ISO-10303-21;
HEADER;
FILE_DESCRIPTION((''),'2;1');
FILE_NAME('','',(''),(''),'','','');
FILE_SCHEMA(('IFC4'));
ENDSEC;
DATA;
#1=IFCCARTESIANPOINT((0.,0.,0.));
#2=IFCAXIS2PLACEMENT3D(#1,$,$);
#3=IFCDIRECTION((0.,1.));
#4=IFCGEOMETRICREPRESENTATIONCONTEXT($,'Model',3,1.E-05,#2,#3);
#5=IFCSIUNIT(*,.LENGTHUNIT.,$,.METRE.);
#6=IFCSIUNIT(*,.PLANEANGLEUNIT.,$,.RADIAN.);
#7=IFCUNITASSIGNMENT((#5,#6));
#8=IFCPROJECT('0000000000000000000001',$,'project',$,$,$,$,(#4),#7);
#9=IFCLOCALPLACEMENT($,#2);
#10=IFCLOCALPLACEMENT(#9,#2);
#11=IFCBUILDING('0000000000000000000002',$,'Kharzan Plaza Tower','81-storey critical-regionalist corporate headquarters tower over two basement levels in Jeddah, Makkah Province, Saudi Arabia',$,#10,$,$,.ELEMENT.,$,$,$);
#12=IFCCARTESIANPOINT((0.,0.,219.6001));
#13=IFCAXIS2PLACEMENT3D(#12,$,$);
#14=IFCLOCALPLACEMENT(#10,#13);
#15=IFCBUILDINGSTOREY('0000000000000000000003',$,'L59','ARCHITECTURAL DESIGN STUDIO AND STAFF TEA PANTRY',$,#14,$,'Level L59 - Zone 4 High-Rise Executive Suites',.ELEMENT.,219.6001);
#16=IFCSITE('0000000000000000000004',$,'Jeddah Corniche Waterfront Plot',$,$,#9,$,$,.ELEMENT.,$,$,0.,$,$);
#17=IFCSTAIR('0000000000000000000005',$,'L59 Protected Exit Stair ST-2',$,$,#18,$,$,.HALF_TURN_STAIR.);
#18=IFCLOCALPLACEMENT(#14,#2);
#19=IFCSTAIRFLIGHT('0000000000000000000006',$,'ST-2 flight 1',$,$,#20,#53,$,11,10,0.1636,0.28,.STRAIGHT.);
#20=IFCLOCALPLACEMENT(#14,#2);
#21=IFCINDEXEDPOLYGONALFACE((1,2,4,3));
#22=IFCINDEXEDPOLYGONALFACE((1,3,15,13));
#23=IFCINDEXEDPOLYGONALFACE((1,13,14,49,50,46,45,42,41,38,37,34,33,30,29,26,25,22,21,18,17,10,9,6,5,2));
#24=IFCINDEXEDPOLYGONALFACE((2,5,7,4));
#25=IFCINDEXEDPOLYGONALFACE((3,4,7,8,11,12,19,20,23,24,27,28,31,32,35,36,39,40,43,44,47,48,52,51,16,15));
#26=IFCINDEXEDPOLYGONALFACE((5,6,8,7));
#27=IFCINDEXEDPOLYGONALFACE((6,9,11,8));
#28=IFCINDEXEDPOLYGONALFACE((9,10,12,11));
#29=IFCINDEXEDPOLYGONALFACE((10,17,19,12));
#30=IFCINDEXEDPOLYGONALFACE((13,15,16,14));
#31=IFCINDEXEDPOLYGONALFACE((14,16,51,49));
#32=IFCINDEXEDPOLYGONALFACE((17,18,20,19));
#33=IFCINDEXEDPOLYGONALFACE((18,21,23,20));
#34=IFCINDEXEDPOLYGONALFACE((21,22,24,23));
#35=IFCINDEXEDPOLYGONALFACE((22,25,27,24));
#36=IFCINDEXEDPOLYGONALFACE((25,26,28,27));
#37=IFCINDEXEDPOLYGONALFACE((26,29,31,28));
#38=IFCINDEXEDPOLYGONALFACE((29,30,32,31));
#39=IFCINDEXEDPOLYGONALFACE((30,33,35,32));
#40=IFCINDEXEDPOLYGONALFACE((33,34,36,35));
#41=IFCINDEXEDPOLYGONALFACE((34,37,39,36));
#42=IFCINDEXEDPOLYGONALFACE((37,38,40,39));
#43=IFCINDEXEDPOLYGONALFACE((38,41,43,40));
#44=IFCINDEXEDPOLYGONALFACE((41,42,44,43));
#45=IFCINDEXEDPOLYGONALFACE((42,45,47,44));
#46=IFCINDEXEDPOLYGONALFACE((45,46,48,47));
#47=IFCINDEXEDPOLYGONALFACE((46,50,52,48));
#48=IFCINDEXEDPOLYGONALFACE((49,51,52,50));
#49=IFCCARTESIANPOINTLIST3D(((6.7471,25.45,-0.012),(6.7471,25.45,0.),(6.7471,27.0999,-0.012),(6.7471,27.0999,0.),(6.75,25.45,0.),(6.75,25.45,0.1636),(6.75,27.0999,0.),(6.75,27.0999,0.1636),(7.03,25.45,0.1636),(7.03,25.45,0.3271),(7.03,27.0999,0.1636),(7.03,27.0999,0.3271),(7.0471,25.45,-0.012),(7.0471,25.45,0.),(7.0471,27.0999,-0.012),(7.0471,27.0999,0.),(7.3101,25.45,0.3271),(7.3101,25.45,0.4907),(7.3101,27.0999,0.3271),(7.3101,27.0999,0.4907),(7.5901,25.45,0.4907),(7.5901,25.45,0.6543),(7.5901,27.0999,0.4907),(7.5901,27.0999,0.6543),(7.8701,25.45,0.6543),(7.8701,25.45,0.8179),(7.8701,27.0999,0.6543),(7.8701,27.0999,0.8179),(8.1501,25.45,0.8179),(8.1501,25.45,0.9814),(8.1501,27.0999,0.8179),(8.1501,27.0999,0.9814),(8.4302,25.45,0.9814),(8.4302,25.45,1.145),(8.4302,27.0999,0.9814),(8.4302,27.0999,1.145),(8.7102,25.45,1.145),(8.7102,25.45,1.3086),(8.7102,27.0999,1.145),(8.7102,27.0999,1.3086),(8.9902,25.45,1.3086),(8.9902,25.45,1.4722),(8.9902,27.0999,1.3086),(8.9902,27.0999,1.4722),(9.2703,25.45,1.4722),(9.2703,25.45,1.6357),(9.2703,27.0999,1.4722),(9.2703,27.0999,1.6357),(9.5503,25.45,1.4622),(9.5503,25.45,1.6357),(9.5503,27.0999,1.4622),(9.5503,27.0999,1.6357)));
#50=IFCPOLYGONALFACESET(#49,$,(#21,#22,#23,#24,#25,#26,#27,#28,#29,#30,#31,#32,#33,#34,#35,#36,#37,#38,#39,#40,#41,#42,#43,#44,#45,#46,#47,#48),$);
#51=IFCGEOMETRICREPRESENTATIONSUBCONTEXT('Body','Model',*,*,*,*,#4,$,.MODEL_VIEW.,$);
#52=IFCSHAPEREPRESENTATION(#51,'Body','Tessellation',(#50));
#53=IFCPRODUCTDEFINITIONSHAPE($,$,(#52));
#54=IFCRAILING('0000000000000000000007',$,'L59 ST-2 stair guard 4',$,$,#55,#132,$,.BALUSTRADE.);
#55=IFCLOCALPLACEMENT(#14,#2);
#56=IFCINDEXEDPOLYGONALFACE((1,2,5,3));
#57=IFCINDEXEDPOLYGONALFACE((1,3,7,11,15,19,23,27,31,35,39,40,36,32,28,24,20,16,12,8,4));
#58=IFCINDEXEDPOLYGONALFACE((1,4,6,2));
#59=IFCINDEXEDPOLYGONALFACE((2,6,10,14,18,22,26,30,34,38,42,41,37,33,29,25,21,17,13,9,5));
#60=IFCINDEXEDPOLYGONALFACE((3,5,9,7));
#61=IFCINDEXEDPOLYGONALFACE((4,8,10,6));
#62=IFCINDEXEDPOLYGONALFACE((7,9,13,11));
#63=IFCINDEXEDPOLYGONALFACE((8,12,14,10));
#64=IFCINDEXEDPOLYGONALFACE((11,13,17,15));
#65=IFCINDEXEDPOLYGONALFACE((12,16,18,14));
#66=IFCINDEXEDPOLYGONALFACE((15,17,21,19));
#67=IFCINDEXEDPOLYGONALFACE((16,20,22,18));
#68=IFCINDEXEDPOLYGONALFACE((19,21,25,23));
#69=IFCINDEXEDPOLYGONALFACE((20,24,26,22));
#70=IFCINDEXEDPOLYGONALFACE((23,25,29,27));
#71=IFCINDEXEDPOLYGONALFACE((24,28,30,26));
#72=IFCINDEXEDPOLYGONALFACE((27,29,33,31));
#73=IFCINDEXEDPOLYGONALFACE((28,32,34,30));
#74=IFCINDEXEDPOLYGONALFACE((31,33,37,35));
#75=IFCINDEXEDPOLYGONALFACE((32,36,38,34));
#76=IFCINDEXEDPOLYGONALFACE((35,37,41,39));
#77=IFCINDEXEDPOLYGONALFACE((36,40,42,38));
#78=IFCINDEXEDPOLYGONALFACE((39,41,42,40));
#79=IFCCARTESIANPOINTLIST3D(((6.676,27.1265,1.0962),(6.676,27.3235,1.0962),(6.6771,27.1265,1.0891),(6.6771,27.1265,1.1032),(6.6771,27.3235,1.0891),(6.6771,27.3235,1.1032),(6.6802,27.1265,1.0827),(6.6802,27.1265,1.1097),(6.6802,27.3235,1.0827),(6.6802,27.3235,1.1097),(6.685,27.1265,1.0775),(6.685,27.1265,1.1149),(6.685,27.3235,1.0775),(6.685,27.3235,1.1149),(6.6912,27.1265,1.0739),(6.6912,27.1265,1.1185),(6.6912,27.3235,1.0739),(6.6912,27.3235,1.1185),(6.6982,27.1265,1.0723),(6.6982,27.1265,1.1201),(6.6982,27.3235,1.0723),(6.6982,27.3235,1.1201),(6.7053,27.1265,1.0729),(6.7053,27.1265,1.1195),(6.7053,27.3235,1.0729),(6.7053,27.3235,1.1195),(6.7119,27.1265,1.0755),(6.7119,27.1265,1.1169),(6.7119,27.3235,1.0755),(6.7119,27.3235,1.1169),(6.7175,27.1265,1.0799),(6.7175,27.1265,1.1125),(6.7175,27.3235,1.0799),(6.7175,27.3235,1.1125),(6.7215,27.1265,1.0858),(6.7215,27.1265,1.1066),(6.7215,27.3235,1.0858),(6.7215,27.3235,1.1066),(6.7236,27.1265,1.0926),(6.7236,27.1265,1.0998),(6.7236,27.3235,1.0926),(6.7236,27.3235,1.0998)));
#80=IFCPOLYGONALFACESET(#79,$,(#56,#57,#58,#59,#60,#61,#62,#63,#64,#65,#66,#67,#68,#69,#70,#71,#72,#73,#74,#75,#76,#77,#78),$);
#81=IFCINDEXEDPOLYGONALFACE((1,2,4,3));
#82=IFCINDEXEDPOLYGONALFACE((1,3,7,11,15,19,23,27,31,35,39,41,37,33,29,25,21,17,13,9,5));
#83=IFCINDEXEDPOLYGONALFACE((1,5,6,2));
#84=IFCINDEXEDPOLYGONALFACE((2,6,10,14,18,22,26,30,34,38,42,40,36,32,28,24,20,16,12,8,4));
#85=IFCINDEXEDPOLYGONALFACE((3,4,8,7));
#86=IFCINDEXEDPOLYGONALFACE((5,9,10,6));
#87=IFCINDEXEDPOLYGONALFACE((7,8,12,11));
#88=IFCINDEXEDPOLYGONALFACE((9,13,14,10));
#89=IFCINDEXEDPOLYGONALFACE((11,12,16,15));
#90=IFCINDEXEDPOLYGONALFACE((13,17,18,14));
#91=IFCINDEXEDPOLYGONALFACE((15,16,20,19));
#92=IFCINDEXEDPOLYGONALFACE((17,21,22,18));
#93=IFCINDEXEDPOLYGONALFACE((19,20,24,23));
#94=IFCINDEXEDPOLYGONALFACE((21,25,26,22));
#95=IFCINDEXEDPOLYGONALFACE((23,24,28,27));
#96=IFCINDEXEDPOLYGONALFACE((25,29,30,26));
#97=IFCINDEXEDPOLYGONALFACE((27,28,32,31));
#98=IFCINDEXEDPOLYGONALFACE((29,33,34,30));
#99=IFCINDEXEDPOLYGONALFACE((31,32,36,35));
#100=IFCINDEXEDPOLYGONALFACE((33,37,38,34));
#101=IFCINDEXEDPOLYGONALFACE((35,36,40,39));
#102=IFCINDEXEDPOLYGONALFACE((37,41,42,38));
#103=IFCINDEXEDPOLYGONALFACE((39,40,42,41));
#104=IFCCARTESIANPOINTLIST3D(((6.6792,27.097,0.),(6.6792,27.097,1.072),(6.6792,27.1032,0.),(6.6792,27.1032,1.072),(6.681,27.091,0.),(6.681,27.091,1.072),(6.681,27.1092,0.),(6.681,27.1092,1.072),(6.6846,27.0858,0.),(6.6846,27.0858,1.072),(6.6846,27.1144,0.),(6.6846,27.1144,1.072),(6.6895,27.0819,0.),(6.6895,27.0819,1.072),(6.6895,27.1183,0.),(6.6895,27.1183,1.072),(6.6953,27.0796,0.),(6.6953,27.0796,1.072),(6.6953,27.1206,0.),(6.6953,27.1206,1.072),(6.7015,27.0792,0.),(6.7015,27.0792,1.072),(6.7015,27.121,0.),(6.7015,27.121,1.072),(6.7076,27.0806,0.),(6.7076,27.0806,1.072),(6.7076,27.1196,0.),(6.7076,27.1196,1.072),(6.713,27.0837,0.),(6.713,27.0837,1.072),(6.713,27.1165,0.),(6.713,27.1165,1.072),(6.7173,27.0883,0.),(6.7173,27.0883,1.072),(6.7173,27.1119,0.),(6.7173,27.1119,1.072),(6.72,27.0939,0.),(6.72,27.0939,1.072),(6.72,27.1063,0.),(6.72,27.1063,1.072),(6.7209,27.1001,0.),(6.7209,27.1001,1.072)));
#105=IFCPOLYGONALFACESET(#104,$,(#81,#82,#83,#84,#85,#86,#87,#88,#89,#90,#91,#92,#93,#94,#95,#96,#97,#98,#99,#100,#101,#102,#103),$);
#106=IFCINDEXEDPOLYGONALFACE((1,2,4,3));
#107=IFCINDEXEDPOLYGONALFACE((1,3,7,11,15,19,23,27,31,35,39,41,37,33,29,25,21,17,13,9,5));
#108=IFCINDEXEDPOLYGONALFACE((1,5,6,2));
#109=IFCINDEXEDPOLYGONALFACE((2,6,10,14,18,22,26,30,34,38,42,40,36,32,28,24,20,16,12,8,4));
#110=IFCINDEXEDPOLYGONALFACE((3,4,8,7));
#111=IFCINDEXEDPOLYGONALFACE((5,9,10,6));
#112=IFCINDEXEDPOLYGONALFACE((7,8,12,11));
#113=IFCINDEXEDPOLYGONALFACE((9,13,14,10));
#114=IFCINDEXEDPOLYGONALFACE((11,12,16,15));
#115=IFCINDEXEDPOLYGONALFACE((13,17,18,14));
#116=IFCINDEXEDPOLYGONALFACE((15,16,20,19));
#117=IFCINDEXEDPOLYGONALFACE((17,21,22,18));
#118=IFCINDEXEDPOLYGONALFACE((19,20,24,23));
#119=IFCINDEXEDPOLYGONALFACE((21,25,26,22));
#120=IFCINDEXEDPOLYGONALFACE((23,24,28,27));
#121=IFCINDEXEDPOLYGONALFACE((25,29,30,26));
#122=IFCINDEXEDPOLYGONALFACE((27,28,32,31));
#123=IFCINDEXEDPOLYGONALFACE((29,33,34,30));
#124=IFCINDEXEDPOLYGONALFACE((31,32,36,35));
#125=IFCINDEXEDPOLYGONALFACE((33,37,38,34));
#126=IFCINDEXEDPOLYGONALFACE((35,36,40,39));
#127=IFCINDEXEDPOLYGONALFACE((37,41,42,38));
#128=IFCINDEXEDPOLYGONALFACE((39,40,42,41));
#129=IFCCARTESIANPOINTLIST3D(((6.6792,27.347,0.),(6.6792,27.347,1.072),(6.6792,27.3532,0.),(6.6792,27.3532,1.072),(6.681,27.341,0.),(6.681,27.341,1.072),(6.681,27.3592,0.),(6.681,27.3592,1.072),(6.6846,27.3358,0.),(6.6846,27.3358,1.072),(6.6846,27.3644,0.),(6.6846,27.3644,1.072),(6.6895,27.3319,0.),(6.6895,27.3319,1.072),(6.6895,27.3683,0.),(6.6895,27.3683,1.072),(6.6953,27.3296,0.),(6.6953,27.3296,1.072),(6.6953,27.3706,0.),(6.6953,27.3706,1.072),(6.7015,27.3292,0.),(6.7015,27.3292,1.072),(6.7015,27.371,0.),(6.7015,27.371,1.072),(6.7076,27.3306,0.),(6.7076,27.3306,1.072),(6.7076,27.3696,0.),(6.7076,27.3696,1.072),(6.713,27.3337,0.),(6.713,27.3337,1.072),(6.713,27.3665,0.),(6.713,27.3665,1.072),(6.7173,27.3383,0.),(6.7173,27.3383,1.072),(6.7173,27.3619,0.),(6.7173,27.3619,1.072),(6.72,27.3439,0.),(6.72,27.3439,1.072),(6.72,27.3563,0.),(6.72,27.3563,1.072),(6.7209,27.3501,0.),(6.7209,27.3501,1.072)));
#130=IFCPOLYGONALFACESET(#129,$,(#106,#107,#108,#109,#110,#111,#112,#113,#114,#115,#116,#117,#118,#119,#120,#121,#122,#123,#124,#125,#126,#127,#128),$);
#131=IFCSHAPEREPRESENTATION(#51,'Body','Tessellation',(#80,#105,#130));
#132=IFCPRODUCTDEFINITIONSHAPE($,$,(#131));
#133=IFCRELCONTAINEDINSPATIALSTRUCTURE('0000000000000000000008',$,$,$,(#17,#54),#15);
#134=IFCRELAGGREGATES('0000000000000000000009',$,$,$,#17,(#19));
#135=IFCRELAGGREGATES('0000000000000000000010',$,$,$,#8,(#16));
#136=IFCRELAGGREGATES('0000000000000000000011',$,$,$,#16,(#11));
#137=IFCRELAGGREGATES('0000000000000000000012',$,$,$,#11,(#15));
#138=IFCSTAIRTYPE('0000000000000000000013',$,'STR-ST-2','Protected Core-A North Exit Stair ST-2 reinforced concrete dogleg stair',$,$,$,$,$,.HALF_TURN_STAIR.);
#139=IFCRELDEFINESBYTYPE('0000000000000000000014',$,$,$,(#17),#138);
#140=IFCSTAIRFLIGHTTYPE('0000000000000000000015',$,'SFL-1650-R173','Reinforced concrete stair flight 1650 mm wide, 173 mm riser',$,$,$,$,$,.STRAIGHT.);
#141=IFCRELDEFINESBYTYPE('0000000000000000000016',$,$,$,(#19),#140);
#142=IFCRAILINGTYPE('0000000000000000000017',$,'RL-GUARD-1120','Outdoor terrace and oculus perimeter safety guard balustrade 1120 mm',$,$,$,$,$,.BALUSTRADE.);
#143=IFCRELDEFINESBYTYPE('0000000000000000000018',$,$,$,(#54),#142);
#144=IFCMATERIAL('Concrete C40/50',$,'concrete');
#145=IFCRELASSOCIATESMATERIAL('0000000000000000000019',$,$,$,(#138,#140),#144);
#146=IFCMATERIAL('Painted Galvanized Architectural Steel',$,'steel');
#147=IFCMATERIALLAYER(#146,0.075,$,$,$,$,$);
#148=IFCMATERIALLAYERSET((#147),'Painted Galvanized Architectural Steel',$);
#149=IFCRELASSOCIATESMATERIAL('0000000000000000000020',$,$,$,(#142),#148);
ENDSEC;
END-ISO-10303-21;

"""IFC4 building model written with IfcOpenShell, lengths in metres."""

from ifc_helpers import new_model, si_unit, direction, frame, origin, origin_2d, place, context, subcontext, project, spatial, polyline, circle, outline, extrude, source, transform, mapped, material, layer, layer_set, type_object, element, aggregate, save


model = new_model("IFC4")

# Units and contexts
model_context = context("Model", 3, precision=1e-05, world=origin(), true_north=direction((0.0, 1.0)))
body_context = subcontext(model_context, "Body", "Model", "MODEL_VIEW")
ifc_project = project(units=[si_unit("LENGTHUNIT", "METRE"), si_unit("PLANEANGLEUNIT", "RADIAN")], contexts=[model_context])

# Site, building, storey
site_placement = place(None, origin())
site = spatial("IfcSite", under=ifc_project, at=site_placement, Name="Jeddah Corniche Waterfront Plot", CompositionType="ELEMENT", RefElevation=0.0)
building_placement = place(site_placement, origin())
building = spatial("IfcBuilding", under=site, at=building_placement, Name="Kharzan Plaza Tower", Description="81-storey critical-regionalist corporate headquarters tower over two basement levels in Jeddah, Makkah Province, Saudi Arabia", CompositionType="ELEMENT")
storey_placement = place(building_placement, frame((0.0, 0.0, 219.6001)))
storey = spatial("IfcBuildingStorey", under=building, at=storey_placement, Name="L59", Description="ARCHITECTURAL DESIGN STUDIO AND STAFF TEA PANTRY", LongName="Level L59 - Zone 4 High-Rise Executive Suites", CompositionType="ELEMENT", Elevation=219.6001)

# Shared definitions
ifc_material_1 = material(Name="Concrete C40/50", Category="concrete")

# Stair, stair flight
stair_type = type_object("IfcStairType", Name="STR-ST-2", Description="Protected Core-A North Exit Stair ST-2 reinforced concrete dogleg stair", PredefinedType="HALF_TURN_STAIR", material=ifc_material_1)
stair_placement = place(storey_placement, origin())
stair = element("IfcStair", 1, at=stair_placement, inside=storey, type_object=stair_type, Name="L59 Protected Exit Stair ST-2", PredefinedType="HALF_TURN_STAIR")
stair_flight_type = type_object("IfcStairFlightType", Name="SFL-1650-R173", Description="Reinforced concrete stair flight 1650 mm wide, 173 mm riser", PredefinedType="STRAIGHT", material=ifc_material_1)
shared_shape_1 = source(origin(), body_context, "Body", "SweptSolid", [
    extrude(outline(polyline([(-0.0029, -0.012), (-0.0029, 0.0), (0.0, 0.0), (0.0, 0.1636), (0.28, 0.1636), (0.28, 0.3271), (0.5601, 0.3271), (0.5601, 0.4907), (0.8401, 0.4907), (0.8401, 0.6543), (1.1201, 0.6543), (1.1201, 0.8179), (1.4001, 0.8179), (1.4001, 0.9814), (1.6802, 0.9814), (1.6802, 1.145), (1.9602, 1.145), (1.9602, 1.3086), (2.2402, 1.3086), (2.2402, 1.4722), (2.5203, 1.4722), (2.5203, 1.6357), (2.8003, 1.6357), (2.8003, 1.7993), (2.8003, 1.4622), (0.2971, 0.0), (0.2971, -0.012), (-0.0029, -0.012)])), frame((0.0, 0.825, 0.0), z_axis=(0.0, -1.0, 0.0), x_axis=(1.0, 0.0, 0.0)), (0.0, 0.0, 1.0), 1.6499),
])
stair_flight_placement = place(storey_placement, frame((6.75, 26.2749, 0.0), z_axis=(0.0, 0.0, 1.0), x_axis=(1.0, 0.0, 0.0)))
stair_flight = element("IfcStairFlight", 2, at=stair_flight_placement, type_object=stair_flight_type, Name="ST-2 flight 1", NumberOfRisers=11, NumberOfTreads=10, PredefinedType="STRAIGHT", RiserHeight=0.1636, TreadLength=0.28, context=body_context, shape_type="MappedRepresentation", body=[
    mapped(shared_shape_1, transform((0.0, 0.0, 0.0), x_axis=(1.0, 0.0, 0.0), y_axis=(0.0, 1.0, 0.0), z_axis=(0.0, 0.0, 1.0))),
])
aggregate(stair, [stair_flight])

# Railing
ifc_material_2 = material(Name="Painted Galvanized Architectural Steel", Category="steel")
ifc_layer_1 = layer(ifc_material_2, 0.075)
ifc_layer_set_1 = layer_set([ifc_layer_1], Name="Painted Galvanized Architectural Steel")
railing_type_1 = type_object("IfcRailingType", Name="RL-GUARD-1120", Description="Outdoor terrace and oculus perimeter safety guard balustrade 1120 mm", PredefinedType="BALUSTRADE", material=ifc_layer_set_1)
shared_shape_2 = source(origin(), body_context, "Body", "SweptSolid", [
    extrude(circle(Radius=0.0239, at=origin_2d()), frame((0.0, 0.0264, 1.0962), z_axis=(0.0, 1.0, 0.0), x_axis=(-1.0, 0.0, 0.0)), (0.0, 0.0, 1.0), 0.197),
    extrude(circle(Radius=0.021, at=origin_2d()), origin(), (0.0, 0.0, 1.0), 1.072),
    extrude(circle(Radius=0.021, at=origin_2d()), frame((0.0, 0.25, 0.0)), (0.0, 0.0, 1.0), 1.072),
])
railing_1_placement = place(storey_placement, frame((6.7, 27.1001, 0.0)))
element("IfcRailing", 3, at=railing_1_placement, inside=storey, type_object=railing_type_1, Name="L59 ST-2 stair guard 4", PredefinedType="BALUSTRADE", context=body_context, shape_type="MappedRepresentation", body=[
    mapped(shared_shape_2, transform((0.0, 0.0, 0.0), x_axis=(1.0, 0.0, 0.0), y_axis=(0.0, 1.0, 0.0), z_axis=(0.0, 0.0, 1.0))),
])

save(model, "model.ifc")
